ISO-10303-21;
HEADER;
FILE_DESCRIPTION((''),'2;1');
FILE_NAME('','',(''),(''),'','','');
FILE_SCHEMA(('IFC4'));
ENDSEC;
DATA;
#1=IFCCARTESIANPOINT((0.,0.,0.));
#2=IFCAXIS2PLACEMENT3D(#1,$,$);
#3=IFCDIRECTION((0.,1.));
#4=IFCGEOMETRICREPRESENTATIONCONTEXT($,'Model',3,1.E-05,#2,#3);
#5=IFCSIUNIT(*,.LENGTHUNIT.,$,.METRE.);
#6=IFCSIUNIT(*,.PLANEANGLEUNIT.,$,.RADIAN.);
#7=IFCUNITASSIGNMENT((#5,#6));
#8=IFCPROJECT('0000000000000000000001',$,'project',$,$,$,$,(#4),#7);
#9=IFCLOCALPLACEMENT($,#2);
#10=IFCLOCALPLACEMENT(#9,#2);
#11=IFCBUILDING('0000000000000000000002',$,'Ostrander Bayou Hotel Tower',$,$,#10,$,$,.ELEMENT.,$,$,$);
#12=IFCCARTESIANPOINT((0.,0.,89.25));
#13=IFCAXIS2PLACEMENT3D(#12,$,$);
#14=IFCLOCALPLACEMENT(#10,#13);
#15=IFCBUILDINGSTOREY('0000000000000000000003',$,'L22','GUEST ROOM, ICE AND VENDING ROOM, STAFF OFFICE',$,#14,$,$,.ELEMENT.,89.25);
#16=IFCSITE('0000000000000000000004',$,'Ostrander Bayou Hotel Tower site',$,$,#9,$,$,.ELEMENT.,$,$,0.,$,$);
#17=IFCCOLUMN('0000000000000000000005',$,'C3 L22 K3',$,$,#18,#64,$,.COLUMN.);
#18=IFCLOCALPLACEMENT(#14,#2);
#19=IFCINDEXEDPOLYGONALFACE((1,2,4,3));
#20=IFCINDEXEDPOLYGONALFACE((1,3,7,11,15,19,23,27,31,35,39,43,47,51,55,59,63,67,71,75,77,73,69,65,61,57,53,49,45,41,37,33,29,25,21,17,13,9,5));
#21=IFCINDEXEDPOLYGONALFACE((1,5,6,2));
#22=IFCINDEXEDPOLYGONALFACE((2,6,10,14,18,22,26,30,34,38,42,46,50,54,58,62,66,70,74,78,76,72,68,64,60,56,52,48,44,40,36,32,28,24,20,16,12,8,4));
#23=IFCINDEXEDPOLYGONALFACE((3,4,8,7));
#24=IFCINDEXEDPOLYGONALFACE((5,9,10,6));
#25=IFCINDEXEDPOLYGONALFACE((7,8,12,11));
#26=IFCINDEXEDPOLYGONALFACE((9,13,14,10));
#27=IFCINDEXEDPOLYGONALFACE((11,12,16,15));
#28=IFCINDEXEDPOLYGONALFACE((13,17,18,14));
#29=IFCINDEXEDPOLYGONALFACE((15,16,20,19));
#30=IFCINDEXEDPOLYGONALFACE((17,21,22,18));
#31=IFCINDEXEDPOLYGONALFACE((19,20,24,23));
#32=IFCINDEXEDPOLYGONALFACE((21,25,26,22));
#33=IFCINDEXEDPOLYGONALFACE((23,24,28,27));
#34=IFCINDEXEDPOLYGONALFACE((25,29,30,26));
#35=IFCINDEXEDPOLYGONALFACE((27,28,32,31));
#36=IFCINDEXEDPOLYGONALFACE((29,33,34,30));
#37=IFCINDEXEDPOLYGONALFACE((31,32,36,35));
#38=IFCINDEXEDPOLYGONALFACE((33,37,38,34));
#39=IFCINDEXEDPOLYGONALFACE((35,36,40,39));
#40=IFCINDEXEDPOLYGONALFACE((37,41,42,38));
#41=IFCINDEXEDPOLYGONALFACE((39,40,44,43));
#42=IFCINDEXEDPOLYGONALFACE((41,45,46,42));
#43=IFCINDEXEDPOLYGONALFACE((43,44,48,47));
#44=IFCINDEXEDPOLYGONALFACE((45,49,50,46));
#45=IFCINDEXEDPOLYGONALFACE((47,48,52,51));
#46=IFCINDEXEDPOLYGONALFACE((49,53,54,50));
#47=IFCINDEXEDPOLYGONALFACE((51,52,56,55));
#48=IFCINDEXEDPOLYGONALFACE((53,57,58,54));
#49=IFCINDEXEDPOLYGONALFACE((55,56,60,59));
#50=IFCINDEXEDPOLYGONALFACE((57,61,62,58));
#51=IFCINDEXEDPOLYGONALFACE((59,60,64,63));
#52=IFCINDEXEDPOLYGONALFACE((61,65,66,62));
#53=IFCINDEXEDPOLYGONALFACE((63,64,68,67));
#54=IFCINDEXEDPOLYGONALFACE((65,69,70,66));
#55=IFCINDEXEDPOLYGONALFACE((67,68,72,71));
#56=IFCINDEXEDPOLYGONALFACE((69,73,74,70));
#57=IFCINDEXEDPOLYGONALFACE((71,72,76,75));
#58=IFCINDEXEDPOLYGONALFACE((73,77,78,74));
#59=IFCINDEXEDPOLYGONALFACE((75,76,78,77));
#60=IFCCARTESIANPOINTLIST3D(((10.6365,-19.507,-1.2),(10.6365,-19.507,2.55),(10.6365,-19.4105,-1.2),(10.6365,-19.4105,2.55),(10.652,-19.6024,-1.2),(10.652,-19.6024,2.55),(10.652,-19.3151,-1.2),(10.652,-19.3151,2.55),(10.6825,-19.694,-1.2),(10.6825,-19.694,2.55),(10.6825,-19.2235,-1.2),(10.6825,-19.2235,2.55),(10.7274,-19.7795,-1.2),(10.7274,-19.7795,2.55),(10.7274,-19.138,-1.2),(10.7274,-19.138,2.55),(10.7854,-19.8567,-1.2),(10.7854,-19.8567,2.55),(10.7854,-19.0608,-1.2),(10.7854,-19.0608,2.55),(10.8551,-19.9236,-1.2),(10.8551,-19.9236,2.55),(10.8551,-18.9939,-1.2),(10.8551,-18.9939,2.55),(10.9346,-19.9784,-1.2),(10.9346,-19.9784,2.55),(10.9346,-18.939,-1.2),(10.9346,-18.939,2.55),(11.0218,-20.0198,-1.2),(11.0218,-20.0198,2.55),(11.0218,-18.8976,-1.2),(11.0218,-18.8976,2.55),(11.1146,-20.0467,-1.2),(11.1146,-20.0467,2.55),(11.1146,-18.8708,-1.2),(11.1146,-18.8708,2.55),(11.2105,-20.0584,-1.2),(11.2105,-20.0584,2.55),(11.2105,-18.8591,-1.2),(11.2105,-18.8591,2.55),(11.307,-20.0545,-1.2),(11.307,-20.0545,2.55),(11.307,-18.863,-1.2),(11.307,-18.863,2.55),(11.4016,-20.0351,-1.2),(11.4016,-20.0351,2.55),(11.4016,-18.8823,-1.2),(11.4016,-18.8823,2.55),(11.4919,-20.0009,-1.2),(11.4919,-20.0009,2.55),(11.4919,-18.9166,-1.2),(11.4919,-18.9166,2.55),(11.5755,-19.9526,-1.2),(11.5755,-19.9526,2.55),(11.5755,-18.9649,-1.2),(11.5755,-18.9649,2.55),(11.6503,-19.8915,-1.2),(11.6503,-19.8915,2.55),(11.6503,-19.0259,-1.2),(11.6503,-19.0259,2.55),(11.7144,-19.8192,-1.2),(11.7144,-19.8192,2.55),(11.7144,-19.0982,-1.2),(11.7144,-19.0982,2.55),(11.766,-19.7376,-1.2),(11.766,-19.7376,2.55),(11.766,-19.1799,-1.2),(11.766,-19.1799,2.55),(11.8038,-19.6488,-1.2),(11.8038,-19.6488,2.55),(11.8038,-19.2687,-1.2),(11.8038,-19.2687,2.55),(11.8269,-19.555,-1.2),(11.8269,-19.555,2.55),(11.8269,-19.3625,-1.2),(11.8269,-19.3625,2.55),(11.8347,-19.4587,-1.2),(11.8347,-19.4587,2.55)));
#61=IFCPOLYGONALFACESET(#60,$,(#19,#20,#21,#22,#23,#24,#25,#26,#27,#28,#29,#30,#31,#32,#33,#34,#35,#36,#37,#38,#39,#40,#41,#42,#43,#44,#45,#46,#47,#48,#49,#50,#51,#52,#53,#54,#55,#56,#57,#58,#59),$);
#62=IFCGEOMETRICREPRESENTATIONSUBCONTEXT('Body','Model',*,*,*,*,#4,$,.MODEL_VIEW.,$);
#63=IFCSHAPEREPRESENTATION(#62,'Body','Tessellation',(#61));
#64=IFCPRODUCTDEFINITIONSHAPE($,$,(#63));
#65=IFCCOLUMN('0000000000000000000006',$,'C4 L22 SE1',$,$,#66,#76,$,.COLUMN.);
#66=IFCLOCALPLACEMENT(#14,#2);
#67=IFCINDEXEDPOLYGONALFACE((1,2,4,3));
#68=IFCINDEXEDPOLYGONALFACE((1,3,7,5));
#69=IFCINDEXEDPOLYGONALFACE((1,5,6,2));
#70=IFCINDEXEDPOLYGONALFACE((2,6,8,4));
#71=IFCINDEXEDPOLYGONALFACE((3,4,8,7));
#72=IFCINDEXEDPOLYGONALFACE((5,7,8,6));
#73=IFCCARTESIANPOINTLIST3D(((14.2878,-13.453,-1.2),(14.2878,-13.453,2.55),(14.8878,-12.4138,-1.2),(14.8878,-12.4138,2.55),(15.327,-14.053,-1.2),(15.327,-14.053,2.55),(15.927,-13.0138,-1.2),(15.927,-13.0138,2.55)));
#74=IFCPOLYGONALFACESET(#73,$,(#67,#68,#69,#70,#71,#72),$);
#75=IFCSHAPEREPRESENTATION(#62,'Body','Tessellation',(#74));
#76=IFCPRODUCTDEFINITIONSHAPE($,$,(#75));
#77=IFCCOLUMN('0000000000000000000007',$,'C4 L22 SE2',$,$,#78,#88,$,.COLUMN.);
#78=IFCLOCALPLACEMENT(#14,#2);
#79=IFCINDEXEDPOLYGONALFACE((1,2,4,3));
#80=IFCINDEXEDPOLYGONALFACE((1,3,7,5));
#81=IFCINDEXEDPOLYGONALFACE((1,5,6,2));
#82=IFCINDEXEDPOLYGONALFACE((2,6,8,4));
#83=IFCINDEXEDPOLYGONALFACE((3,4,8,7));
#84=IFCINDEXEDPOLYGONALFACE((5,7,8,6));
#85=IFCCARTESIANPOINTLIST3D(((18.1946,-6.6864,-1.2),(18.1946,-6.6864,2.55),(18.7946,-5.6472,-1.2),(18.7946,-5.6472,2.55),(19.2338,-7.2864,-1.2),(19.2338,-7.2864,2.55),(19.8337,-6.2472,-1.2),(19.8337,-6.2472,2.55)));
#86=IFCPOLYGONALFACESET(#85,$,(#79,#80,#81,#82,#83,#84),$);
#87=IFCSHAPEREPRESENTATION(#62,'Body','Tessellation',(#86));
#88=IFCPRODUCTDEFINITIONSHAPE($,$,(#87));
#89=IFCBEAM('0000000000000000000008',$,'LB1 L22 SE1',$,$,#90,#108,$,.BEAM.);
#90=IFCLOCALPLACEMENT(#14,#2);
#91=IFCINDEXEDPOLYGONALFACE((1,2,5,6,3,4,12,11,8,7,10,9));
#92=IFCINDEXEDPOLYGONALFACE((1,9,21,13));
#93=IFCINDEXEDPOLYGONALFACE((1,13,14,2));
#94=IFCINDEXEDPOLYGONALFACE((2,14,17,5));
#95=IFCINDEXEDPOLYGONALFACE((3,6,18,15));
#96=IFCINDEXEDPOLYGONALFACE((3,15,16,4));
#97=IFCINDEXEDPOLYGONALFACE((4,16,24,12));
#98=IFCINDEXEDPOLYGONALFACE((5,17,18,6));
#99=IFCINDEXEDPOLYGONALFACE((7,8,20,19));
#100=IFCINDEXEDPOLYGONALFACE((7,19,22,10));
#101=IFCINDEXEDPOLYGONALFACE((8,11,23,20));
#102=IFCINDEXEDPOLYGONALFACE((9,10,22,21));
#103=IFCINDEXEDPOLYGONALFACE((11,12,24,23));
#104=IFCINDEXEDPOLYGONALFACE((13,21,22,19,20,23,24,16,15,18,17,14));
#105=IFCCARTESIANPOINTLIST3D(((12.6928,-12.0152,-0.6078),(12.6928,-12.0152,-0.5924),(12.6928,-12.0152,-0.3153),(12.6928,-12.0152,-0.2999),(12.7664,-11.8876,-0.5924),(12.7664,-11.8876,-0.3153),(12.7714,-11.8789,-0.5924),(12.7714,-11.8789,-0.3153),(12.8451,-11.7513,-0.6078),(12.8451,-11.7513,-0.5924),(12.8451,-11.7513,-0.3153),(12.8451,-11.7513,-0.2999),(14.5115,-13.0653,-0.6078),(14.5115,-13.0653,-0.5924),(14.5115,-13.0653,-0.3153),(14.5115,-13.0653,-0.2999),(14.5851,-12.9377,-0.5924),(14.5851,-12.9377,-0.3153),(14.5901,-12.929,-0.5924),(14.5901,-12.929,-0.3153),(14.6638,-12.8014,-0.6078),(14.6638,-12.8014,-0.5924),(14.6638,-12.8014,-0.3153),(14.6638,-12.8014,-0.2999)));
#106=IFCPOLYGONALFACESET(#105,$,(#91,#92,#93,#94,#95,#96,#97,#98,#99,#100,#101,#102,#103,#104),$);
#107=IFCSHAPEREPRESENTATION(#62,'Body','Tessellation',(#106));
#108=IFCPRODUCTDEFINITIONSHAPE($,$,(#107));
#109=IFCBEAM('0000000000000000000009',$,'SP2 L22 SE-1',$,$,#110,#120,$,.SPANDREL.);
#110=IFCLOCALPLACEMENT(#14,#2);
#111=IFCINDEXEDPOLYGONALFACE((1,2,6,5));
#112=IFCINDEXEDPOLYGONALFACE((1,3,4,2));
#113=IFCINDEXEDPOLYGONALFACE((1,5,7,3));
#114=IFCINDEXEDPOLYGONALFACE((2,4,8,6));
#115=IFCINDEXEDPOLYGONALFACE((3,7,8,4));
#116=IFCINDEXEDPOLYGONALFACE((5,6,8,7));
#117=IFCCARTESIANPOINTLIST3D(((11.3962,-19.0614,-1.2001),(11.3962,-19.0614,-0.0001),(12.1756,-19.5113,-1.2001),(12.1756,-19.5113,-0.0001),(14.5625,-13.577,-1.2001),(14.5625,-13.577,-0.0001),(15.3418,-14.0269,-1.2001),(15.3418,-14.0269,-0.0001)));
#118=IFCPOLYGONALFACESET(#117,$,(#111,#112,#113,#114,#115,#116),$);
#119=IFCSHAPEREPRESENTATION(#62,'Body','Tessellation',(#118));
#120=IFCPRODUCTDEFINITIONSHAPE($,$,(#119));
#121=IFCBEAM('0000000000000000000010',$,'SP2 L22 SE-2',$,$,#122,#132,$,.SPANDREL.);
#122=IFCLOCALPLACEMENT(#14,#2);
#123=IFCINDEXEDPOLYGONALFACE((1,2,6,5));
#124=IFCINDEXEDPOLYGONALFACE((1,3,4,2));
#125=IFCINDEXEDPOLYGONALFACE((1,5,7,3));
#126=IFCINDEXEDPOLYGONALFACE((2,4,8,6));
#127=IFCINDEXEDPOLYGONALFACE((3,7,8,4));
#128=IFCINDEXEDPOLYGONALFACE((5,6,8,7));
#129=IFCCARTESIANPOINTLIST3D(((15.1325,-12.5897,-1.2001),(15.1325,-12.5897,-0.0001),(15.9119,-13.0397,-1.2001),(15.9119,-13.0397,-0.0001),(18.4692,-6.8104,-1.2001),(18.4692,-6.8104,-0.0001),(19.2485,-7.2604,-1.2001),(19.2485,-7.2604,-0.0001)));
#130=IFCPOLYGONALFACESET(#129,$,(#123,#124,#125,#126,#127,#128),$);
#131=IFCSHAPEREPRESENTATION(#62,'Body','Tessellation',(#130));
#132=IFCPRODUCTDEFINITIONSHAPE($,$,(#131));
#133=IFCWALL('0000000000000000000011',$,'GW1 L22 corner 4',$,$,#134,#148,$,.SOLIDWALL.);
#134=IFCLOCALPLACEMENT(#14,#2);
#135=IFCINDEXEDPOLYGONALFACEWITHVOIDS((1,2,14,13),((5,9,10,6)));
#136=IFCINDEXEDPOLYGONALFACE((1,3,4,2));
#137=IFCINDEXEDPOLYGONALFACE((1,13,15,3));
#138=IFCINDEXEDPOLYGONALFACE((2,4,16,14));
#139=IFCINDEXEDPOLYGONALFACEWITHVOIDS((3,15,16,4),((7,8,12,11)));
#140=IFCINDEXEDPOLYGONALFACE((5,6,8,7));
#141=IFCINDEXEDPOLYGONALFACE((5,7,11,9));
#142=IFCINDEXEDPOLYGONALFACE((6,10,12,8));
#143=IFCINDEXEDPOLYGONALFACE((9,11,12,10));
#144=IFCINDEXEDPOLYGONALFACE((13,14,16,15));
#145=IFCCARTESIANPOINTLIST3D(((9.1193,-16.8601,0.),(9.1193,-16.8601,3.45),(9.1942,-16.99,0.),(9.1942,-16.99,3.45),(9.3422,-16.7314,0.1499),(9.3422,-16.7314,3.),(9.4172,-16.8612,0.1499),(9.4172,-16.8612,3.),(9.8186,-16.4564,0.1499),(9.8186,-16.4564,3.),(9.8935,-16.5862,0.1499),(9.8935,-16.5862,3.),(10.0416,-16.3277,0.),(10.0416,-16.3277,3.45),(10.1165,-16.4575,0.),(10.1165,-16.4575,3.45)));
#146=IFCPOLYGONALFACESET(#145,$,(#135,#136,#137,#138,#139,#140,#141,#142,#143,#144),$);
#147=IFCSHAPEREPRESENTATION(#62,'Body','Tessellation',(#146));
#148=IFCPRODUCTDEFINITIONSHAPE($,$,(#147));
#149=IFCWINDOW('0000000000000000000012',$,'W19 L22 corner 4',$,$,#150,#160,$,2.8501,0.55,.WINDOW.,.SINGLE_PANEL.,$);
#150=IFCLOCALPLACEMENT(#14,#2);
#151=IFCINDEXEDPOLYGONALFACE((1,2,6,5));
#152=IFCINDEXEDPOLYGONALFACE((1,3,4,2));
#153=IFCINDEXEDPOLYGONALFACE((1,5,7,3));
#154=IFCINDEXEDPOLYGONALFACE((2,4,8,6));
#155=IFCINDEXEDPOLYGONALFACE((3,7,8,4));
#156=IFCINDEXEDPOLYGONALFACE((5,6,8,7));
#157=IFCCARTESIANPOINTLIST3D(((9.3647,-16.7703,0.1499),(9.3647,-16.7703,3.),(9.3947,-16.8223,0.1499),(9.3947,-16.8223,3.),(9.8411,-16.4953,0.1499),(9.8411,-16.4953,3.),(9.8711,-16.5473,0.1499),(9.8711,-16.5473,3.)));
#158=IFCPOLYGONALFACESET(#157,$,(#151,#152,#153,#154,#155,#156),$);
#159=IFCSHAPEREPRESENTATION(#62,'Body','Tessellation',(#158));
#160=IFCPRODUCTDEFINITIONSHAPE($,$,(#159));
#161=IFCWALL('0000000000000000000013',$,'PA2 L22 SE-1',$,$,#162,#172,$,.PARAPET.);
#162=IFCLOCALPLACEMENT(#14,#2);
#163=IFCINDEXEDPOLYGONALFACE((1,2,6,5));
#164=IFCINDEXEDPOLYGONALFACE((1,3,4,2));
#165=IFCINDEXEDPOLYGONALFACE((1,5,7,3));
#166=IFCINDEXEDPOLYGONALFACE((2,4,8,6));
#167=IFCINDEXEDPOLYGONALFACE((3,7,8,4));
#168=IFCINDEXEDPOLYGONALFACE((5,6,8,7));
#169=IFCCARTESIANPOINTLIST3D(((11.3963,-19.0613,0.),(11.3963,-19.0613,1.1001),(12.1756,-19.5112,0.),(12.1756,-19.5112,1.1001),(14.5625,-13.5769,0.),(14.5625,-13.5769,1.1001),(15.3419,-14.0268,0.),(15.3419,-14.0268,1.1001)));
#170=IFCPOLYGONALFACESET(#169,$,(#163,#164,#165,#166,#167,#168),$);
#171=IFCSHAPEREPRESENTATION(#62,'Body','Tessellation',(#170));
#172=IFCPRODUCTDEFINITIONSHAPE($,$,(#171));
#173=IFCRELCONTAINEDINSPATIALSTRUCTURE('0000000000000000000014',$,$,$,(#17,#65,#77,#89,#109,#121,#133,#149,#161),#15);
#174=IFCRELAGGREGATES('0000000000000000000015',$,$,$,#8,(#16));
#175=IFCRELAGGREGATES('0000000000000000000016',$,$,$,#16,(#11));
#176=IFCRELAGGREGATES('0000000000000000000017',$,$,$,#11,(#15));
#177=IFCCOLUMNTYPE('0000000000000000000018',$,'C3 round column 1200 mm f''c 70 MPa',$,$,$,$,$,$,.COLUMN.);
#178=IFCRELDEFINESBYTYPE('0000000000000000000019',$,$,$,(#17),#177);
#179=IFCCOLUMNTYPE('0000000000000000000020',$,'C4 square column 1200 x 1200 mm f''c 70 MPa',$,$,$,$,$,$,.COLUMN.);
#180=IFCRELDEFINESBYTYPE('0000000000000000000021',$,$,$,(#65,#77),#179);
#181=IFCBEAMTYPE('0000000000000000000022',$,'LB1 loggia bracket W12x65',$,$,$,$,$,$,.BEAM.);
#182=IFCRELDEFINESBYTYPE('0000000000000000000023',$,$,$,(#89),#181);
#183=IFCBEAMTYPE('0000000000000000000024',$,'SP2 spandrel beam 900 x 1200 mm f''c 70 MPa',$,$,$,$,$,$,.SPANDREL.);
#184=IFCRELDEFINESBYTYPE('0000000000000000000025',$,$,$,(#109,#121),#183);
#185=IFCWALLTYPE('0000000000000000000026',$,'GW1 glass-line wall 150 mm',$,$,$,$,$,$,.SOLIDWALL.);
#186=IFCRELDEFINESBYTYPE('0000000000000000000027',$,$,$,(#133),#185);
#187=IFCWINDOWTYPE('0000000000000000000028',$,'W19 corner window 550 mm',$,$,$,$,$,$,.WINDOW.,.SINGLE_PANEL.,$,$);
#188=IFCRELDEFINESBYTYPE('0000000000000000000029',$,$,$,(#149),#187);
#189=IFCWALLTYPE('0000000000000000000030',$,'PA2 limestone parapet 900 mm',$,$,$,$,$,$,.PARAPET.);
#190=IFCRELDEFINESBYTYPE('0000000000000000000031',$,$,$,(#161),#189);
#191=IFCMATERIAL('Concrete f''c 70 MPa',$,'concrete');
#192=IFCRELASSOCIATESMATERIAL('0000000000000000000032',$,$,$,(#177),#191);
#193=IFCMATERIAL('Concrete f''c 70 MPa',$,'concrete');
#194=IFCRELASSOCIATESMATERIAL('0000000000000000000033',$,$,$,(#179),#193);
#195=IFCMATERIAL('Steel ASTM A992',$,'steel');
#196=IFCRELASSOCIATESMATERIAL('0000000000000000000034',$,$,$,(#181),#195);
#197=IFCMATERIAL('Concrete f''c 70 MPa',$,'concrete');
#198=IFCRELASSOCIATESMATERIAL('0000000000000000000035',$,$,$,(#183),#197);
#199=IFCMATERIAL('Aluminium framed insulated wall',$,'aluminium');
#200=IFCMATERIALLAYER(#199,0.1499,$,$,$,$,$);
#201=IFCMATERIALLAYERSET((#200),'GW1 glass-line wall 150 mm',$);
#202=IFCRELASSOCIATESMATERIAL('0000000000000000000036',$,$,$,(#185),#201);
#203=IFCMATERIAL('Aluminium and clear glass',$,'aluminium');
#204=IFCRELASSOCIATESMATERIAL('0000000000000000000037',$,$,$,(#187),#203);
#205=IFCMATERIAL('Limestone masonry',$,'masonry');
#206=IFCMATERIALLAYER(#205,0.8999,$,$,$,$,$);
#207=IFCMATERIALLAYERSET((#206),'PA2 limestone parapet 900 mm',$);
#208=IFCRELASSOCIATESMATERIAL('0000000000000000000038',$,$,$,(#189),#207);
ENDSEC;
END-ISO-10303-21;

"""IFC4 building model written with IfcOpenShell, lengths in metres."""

from ifc_helpers import new_model, si_unit, direction, frame, frame_2d, origin, origin_2d, place, context, subcontext, project, spatial, rectangle, circle, i_section, extrude, material, layer, layer_set, material_profile, profile_set, type_object, element, fill, save


model = new_model("IFC4")

# Units and contexts
model_context = context("Model", 3, precision=1e-05, world=origin(), true_north=direction((0.0, 1.0)))
body_context = subcontext(model_context, "Body", "Model", "MODEL_VIEW")
ifc_project = project(units=[si_unit("LENGTHUNIT", "METRE"), si_unit("PLANEANGLEUNIT", "RADIAN")], contexts=[model_context])

# Site, building, storey
site_placement = place(None, origin())
site = spatial("IfcSite", under=ifc_project, at=site_placement, Name="Ostrander Bayou Hotel Tower site", CompositionType="ELEMENT", RefElevation=0.0)
building_placement = place(site_placement, origin())
building = spatial("IfcBuilding", under=site, at=building_placement, Name="Ostrander Bayou Hotel Tower", CompositionType="ELEMENT")
storey_placement = place(building_placement, frame((0.0, 0.0, 89.25)))
storey = spatial("IfcBuildingStorey", under=building, at=storey_placement, Name="L22", Description="GUEST ROOM, ICE AND VENDING ROOM, STAFF OFFICE", CompositionType="ELEMENT", Elevation=89.25)

# Columns
ifc_material_1 = material(Name="Concrete f'c 70 MPa", Category="concrete")
ifc_material_profile_1 = material_profile(ifc_material_1, circle(Radius=0.6001, at=origin_2d()))
ifc_profile_set_1 = profile_set([ifc_material_profile_1], Name="Concrete f'c 70 MPa")
column_type_1 = type_object("IfcColumnType", Name="C3 round column 1200 mm f'c 70 MPa", PredefinedType="COLUMN", material=ifc_profile_set_1)
column_placement = place(storey_placement, frame((11.2346, -19.4587, -1.2), z_axis=(0.0, 0.0, 1.0), x_axis=(1.0, 0.0, 0.0)))
element("IfcColumn", 1, at=column_placement, inside=storey, type_object=column_type_1, Name="C3 L22 K3", PredefinedType="COLUMN", context=body_context, shape_type="SweptSolid", body=[
    extrude(circle(Radius=0.6001, at=origin_2d()), origin(), (0.0, 0.0, 1.0), 3.75),
])
ifc_material_2 = material(Name="Concrete f'c 70 MPa", Category="concrete")
ifc_material_profile_2 = material_profile(ifc_material_2, rectangle(XDim=1.2, YDim=1.2, at=origin_2d()))
ifc_profile_set_2 = profile_set([ifc_material_profile_2], Name="Concrete f'c 70 MPa")
column_type_2 = type_object("IfcColumnType", Name="C4 square column 1200 x 1200 mm f'c 70 MPa", PredefinedType="COLUMN", material=ifc_profile_set_2)
for number, where, z_axis, x_axis, name in (
    (2, (15.1074, -13.2334, -1.2), (0.0, 0.0, 1.0), (-0.5, -0.866025, 0.0), "C4 L22 SE1"),
    (3, (19.0142, -6.4668, -1.2), (0.0, 0.0, 1.0), (-0.5, -0.866025, 0.0), "C4 L22 SE2"),
):
    element("IfcColumn", number, at=place(storey_placement, frame(where, z_axis=z_axis, x_axis=x_axis)), inside=storey, type_object=column_type_2, Name=name, PredefinedType="COLUMN", context=body_context, shape_type="SweptSolid", body=[
        extrude(rectangle(XDim=1.2, YDim=1.2, at=origin_2d()), origin(), (0.0, 0.0, 1.0), 3.75),
    ])

# Beams
ifc_material_3 = material(Name="Steel ASTM A992", Category="steel")
ifc_material_profile_3 = material_profile(ifc_material_3, i_section(OverallWidth=0.3047, OverallDepth=0.3079, WebThickness=0.01, FlangeThickness=0.0154, at=origin_2d()))
ifc_profile_set_3 = profile_set([ifc_material_profile_3], Name="Steel ASTM A992")
beam_type_1 = type_object("IfcBeamType", Name="LB1 loggia bracket W12x65", PredefinedType="BEAM", material=ifc_profile_set_3)
beam_1_placement = place(storey_placement, frame((14.5876, -12.9333, -0.4539), z_axis=(-0.866009, 0.500028, 0.0), x_axis=(-0.500028, -0.866009, 0.0)))
element("IfcBeam", 4, at=beam_1_placement, inside=storey, type_object=beam_type_1, Name="LB1 L22 SE1", PredefinedType="BEAM", context=body_context, shape_type="SweptSolid", body=[
    extrude(i_section(OverallWidth=0.3047, OverallDepth=0.3079, WebThickness=0.01, FlangeThickness=0.0154, at=origin_2d()), origin(), (0.0, 0.0, 1.0), 2.1001),
])
ifc_material_4 = material(Name="Concrete f'c 70 MPa", Category="concrete")
ifc_material_profile_4 = material_profile(ifc_material_4, rectangle(XDim=0.8999, YDim=1.2, at=origin_2d()))
ifc_profile_set_4 = profile_set([ifc_material_profile_4], Name="Concrete f'c 70 MPa")
beam_type_2 = type_object("IfcBeamType", Name="SP2 spandrel beam 900 x 1200 mm f'c 70 MPa", PredefinedType="SPANDREL", material=ifc_profile_set_4)
beam_2_placement = place(storey_placement, frame((11.7859, -19.2864, -0.6001), z_axis=(0.499983, 0.866035, 0.0), x_axis=(-0.866035, 0.499983, 0.0)))
element("IfcBeam", 5, at=beam_2_placement, inside=storey, type_object=beam_type_2, Name="SP2 L22 SE-1", PredefinedType="SPANDREL", context=body_context, shape_type="SweptSolid", body=[
    extrude(rectangle(XDim=0.8999, YDim=1.2, at=origin_2d()), origin(), (0.0, 0.0, 1.0), 6.3328),
])
beam_3_placement = place(storey_placement, frame((15.5222, -12.8147, -0.6001), z_axis=(0.499999, 0.866026, 0.0), x_axis=(-0.866026, 0.499999, 0.0)))
element("IfcBeam", 6, at=beam_3_placement, inside=storey, type_object=beam_type_2, Name="SP2 L22 SE-2", PredefinedType="SPANDREL", context=body_context, shape_type="SweptSolid", body=[
    extrude(rectangle(XDim=0.8999, YDim=1.2, at=origin_2d()), origin(), (0.0, 0.0, 1.0), 6.6733),
])

# Shared definitions
ifc_material_5 = material(Name="Aluminium framed insulated wall", Category="aluminium")
ifc_layer_1 = layer(ifc_material_5, 0.1499)
ifc_layer_set_1 = layer_set([ifc_layer_1], Name="GW1 glass-line wall 150 mm")
wall_type_1 = type_object("IfcWallType", Name="GW1 glass-line wall 150 mm", PredefinedType="SOLIDWALL", material=ifc_layer_set_1)

# Wall, opening, window
wall_1_placement = place(storey_placement, frame((9.1567, -16.925, 0.0), z_axis=(0.0, 0.0, 1.0), x_axis=(0.866048, 0.499961, 0.0)))
wall_1 = element("IfcWall", 7, at=wall_1_placement, inside=storey, type_object=wall_type_1, Name="GW1 L22 corner 4", PredefinedType="SOLIDWALL", context=body_context, shape_type="SweptSolid", body=[
    extrude(rectangle(XDim=1.0649, YDim=0.1499, at=frame_2d((0.5325, 0.0))), origin(), (0.0, 0.0, 1.0), 3.45),
])
opening_1_placement = place(wall_1_placement, frame((0.2576, 0.0, 0.1499)))
opening_1 = element("IfcOpeningElement", 8, at=opening_1_placement, cuts=wall_1, PredefinedType="OPENING", context=body_context, shape_type="SweptSolid", body=[
    extrude(rectangle(XDim=0.55, YDim=2.8501, at=frame_2d((0.2749, 1.425))), frame((0.0, 0.075, 0.0), z_axis=(0.0, -1.0, 0.0), x_axis=(1.0, 0.0, 0.0)), (0.0, 0.0, 1.0), 0.1499),
])
ifc_material_6 = material(Name="Aluminium and clear glass", Category="aluminium")
window_type_1 = type_object("IfcWindowType", Name="W19 corner window 550 mm", PartitioningType="SINGLE_PANEL", PredefinedType="WINDOW", material=ifc_material_6)
window_1_placement = place(opening_1_placement, origin())
window_1 = element("IfcWindow", 9, at=window_1_placement, inside=storey, type_object=window_type_1, Name="W19 L22 corner 4", OverallHeight=2.8501, OverallWidth=0.55, PartitioningType="SINGLE_PANEL", PredefinedType="WINDOW", context=body_context, shape_type="SweptSolid", body=[
    extrude(rectangle(XDim=0.55, YDim=2.8501, at=frame_2d((0.2749, 1.425))), frame((0.0, 0.03, 0.0), z_axis=(0.0, -1.0, 0.0), x_axis=(1.0, 0.0, 0.0)), (0.0, 0.0, 1.0), 0.0601),
])
fill(opening_1, window_1)

# Wall
ifc_material_7 = material(Name="Limestone masonry", Category="masonry")
ifc_layer_2 = layer(ifc_material_7, 0.8999)
ifc_layer_set_2 = layer_set([ifc_layer_2], Name="PA2 limestone parapet 900 mm")
wall_type_2 = type_object("IfcWallType", Name="PA2 limestone parapet 900 mm", PredefinedType="PARAPET", material=ifc_layer_set_2)
wall_2_placement = place(storey_placement, frame((11.7859, -19.2864, 0.0), z_axis=(0.0, 0.0, 1.0), x_axis=(0.499983, 0.866035, 0.0)))
element("IfcWall", 10, at=wall_2_placement, inside=storey, type_object=wall_type_2, Name="PA2 L22 SE-1", PredefinedType="PARAPET", context=body_context, shape_type="SweptSolid", body=[
    extrude(rectangle(XDim=6.3328, YDim=0.8999, at=frame_2d((3.1665, 0.0))), origin(), (0.0, 0.0, 1.0), 1.1001),
])

save(model, "model.ifc")
